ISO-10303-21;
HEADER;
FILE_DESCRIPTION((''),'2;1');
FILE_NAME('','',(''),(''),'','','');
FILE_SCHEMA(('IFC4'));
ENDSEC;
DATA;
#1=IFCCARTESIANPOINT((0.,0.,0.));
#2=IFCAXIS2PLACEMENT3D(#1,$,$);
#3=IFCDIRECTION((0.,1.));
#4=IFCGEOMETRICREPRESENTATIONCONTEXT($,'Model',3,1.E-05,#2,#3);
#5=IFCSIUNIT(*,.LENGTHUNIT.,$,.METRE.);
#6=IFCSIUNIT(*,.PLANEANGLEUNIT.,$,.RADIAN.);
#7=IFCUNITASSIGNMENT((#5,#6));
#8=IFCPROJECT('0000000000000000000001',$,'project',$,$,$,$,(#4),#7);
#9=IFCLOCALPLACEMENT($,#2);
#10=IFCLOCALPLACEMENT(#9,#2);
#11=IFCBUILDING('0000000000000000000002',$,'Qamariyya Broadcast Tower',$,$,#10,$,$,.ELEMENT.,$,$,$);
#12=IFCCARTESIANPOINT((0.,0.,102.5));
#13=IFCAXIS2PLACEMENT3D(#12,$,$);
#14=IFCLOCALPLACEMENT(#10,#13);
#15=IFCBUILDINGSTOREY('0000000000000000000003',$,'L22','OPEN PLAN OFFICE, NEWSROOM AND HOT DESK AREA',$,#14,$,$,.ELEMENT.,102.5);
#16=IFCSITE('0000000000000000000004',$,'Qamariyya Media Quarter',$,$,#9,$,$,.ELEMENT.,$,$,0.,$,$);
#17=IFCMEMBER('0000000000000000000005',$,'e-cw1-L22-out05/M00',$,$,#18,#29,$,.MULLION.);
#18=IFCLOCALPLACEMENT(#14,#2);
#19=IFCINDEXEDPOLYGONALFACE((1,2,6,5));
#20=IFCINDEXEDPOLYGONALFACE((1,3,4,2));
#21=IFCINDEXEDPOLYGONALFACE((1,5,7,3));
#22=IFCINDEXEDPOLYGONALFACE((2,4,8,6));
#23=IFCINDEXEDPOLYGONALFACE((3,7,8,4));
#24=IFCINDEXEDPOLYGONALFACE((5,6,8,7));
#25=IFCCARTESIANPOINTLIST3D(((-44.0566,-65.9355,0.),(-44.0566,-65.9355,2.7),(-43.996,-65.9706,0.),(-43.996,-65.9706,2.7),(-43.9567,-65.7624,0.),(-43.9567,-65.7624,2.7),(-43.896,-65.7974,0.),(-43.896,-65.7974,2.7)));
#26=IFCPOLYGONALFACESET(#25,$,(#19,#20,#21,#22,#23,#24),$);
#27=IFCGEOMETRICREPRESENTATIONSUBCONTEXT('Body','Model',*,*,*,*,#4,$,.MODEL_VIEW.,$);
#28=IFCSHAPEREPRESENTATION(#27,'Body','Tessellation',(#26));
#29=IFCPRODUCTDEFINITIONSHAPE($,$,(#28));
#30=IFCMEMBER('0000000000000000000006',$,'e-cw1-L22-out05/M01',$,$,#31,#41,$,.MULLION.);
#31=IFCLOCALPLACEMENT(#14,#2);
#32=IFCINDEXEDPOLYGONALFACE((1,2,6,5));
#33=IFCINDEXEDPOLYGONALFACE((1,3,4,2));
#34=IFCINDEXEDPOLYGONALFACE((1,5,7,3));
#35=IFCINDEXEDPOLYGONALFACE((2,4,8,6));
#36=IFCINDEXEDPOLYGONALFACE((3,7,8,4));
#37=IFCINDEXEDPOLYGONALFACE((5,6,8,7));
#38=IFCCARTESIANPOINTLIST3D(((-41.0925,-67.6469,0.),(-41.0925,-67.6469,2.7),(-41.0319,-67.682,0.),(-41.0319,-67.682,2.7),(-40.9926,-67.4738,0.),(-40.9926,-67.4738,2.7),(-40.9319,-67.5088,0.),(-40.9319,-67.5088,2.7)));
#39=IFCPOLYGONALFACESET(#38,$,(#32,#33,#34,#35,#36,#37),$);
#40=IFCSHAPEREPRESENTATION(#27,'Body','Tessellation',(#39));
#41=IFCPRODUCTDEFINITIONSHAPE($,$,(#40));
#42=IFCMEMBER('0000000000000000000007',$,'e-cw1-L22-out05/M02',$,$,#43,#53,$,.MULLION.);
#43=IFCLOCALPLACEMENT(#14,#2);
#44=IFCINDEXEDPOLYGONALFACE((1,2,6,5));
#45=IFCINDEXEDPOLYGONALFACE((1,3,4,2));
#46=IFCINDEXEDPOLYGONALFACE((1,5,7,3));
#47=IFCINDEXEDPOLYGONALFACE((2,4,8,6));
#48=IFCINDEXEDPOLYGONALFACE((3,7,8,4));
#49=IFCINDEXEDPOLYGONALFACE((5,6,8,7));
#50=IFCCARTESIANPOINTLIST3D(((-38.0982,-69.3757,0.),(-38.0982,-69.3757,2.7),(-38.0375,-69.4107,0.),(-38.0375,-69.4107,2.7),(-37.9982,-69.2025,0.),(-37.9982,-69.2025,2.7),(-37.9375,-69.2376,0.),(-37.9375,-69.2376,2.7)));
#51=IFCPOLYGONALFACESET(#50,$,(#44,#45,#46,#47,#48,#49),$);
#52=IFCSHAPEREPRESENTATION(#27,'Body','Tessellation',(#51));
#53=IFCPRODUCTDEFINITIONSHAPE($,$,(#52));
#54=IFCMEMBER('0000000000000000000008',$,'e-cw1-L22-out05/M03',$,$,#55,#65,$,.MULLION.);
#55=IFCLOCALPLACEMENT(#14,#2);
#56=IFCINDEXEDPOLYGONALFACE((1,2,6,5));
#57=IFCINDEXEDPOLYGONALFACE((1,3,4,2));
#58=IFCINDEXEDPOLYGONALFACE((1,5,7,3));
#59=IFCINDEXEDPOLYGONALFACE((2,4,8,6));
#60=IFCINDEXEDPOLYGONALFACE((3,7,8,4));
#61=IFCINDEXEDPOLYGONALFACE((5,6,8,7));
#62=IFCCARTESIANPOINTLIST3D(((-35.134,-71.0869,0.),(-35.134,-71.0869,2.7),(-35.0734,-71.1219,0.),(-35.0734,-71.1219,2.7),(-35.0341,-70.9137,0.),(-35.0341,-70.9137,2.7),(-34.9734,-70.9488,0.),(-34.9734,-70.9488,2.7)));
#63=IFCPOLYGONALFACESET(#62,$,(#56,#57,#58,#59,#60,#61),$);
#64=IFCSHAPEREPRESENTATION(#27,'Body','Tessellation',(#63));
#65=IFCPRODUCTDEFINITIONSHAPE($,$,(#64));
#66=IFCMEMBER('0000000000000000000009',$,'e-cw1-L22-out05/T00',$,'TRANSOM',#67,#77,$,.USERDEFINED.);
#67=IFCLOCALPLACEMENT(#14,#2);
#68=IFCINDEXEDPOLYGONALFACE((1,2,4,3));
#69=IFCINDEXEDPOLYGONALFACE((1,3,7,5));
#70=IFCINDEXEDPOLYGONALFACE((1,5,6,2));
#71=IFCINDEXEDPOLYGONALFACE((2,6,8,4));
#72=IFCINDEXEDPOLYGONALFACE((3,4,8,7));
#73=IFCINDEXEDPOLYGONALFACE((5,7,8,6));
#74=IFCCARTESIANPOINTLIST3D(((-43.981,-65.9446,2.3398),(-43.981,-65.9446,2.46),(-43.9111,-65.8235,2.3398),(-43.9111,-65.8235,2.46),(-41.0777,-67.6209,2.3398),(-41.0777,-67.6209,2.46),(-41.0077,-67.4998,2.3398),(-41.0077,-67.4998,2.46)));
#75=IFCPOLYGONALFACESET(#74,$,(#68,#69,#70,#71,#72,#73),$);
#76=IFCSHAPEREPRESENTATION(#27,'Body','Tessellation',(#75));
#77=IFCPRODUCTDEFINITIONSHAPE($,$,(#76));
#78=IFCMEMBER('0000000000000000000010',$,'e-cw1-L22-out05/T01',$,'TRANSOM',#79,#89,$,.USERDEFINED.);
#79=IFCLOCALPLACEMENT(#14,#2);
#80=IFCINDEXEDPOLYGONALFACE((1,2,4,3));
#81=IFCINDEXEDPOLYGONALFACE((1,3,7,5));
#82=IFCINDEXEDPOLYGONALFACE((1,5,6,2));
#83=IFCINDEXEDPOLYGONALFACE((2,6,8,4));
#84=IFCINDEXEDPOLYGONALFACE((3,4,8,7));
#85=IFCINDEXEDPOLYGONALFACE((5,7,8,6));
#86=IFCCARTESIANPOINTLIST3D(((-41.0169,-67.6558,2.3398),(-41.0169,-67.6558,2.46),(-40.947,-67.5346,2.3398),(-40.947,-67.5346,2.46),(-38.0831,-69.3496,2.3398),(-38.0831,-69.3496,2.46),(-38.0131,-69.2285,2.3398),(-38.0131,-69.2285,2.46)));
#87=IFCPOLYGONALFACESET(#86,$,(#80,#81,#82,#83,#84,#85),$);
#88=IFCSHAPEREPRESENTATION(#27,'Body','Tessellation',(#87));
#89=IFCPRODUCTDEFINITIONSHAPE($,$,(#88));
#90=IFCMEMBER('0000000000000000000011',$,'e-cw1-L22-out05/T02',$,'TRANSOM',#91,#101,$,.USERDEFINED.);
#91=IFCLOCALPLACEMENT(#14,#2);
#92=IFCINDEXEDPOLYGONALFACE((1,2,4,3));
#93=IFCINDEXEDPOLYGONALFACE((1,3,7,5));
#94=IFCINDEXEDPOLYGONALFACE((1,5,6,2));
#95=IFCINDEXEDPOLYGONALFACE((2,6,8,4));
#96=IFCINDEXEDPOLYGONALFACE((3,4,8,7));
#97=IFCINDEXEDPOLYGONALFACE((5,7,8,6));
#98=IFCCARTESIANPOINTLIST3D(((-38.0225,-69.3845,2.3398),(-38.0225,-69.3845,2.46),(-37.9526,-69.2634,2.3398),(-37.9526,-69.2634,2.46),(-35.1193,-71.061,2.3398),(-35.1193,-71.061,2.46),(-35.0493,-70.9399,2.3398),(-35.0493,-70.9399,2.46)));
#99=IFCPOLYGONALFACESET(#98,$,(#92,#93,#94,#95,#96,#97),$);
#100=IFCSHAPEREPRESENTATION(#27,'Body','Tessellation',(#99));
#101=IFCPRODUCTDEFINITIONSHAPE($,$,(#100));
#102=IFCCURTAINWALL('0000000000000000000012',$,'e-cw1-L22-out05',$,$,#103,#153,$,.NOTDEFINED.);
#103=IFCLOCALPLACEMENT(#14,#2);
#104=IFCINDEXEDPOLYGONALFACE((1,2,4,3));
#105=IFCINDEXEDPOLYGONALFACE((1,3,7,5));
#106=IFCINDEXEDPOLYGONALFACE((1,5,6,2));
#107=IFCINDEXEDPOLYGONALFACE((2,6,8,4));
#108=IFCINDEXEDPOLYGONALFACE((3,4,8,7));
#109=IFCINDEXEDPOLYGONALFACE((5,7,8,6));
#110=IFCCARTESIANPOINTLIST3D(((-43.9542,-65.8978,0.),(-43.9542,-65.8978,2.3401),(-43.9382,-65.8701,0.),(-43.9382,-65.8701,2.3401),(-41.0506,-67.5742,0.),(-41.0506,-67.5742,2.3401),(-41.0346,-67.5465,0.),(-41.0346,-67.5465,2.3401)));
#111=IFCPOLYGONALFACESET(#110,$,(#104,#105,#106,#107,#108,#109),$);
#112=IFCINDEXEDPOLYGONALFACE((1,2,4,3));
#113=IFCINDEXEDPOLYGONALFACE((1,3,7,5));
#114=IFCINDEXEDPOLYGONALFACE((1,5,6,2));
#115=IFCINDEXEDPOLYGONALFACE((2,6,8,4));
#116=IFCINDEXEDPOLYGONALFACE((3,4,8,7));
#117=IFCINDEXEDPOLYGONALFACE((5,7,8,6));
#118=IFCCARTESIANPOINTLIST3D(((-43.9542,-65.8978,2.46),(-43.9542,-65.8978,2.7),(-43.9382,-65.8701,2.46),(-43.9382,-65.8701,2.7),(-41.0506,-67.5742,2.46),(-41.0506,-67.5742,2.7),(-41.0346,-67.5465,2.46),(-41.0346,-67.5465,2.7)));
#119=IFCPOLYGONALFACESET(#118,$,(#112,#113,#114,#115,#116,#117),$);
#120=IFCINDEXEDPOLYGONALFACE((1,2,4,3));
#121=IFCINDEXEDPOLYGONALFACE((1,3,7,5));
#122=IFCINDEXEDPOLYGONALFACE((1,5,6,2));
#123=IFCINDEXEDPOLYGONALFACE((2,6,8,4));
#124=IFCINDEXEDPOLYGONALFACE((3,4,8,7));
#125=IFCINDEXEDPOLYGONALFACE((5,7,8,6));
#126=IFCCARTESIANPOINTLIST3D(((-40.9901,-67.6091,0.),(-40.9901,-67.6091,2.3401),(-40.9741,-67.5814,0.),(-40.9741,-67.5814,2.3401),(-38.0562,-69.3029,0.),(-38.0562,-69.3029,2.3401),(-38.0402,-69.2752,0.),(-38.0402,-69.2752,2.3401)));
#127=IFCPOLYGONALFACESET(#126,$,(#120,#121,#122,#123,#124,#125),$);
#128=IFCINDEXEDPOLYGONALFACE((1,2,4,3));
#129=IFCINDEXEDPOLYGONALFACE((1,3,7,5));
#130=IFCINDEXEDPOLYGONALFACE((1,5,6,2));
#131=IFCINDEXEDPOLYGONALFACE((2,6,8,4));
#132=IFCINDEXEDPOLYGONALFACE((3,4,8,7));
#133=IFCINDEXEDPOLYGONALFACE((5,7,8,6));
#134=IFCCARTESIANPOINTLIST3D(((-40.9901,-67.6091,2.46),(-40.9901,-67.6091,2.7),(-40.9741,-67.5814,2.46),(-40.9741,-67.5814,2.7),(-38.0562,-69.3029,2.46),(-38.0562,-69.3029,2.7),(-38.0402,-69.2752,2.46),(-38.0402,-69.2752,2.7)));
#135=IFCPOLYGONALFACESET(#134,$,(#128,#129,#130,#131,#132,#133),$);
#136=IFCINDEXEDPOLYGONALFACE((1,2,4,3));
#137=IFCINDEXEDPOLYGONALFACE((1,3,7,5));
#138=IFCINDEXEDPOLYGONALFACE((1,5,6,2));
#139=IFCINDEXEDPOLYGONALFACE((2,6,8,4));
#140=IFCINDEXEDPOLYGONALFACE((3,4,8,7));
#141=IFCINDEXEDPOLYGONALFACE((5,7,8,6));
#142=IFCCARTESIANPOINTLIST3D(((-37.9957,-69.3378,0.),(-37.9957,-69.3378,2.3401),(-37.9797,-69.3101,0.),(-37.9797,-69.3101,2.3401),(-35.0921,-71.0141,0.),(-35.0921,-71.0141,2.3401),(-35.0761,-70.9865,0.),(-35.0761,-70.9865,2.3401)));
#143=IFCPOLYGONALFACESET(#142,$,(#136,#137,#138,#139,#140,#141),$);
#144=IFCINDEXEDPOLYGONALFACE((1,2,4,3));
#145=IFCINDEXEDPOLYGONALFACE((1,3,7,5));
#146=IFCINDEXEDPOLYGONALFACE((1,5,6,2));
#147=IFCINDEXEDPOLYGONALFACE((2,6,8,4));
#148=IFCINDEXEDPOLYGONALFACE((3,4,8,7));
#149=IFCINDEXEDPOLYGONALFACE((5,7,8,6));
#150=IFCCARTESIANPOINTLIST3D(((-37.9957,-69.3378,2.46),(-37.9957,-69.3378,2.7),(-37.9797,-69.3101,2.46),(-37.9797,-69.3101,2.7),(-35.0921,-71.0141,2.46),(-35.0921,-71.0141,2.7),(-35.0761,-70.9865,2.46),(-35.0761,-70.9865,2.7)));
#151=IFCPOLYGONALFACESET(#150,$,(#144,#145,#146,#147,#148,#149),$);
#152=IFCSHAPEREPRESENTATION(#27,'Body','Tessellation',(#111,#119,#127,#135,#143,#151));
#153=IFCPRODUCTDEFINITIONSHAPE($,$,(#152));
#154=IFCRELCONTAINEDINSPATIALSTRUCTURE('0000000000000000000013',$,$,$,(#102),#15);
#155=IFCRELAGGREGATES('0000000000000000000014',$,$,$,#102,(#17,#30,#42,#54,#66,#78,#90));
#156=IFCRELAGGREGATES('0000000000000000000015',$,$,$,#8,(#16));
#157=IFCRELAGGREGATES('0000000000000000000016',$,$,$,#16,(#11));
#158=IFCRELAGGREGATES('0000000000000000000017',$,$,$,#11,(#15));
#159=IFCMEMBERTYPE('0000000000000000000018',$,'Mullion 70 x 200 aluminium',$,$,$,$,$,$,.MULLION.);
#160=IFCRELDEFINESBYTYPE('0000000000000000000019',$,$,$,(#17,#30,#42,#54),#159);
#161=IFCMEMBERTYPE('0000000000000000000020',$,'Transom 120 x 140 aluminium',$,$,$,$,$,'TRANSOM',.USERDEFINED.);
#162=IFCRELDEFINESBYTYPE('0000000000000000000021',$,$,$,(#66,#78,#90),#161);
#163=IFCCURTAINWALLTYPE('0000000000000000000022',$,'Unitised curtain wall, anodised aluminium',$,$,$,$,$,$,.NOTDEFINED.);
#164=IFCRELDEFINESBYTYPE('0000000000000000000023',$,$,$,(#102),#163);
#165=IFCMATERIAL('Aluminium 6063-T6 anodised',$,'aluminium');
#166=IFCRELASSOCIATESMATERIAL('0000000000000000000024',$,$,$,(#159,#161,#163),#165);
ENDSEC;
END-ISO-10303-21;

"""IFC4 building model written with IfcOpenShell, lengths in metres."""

from ifc_helpers import new_model, si_unit, direction, frame, origin, origin_2d, place, context, subcontext, project, spatial, rectangle, extrude, material, material_profile, profile_set, type_object, element, aggregate, save


model = new_model("IFC4")

# Units and contexts
model_context = context("Model", 3, precision=1e-05, world=origin(), true_north=direction((0.0, 1.0)))
body_context = subcontext(model_context, "Body", "Model", "MODEL_VIEW")
ifc_project = project(units=[si_unit("LENGTHUNIT", "METRE"), si_unit("PLANEANGLEUNIT", "RADIAN")], contexts=[model_context])

# Members
ifc_material = material(Name="Aluminium 6063-T6 anodised", Category="aluminium")
ifc_material_profile_1 = material_profile(ifc_material, rectangle(XDim=0.2, YDim=0.0701, at=origin_2d()))
ifc_profile_set_1 = profile_set([ifc_material_profile_1], Name="Aluminium 6063-T6 anodised")
member_type_1 = type_object("IfcMemberType", Name="Mullion 70 x 200 aluminium", PredefinedType="MULLION", material=ifc_profile_set_1)
site_placement = place(None, origin())
building_placement = place(site_placement, origin())
storey_placement = place(building_placement, frame((0.0, 0.0, 102.5)))
member_1_placement = place(storey_placement, frame((-43.9763, -65.8665, 0.0), z_axis=(0.0, 0.0, 1.0), x_axis=(0.5, 0.866025, 0.0)))
member_1 = element("IfcMember", 1, at=member_1_placement, type_object=member_type_1, Name="e-cw1-L22-out05/M00", PredefinedType="MULLION", context=body_context, shape_type="SweptSolid", body=[
    extrude(rectangle(XDim=0.2, YDim=0.0701, at=origin_2d()), origin(), (0.0, 0.0, 1.0), 2.7),
])
member_2_placement = place(storey_placement, frame((-41.0122, -67.5779, 0.0), z_axis=(0.0, 0.0, 1.0), x_axis=(0.5, 0.866025, 0.0)))
member_2 = element("IfcMember", 2, at=member_2_placement, type_object=member_type_1, Name="e-cw1-L22-out05/M01", PredefinedType="MULLION", context=body_context, shape_type="SweptSolid", body=[
    extrude(rectangle(XDim=0.2, YDim=0.0701, at=origin_2d()), origin(), (0.0, 0.0, 1.0), 2.7),
])
member_3_placement = place(storey_placement, frame((-38.0178, -69.3066, 0.0), z_axis=(0.0, 0.0, 1.0), x_axis=(0.5, 0.866025, 0.0)))
member_3 = element("IfcMember", 3, at=member_3_placement, type_object=member_type_1, Name="e-cw1-L22-out05/M02", PredefinedType="MULLION", context=body_context, shape_type="SweptSolid", body=[
    extrude(rectangle(XDim=0.2, YDim=0.0701, at=origin_2d()), origin(), (0.0, 0.0, 1.0), 2.7),
])
member_4_placement = place(storey_placement, frame((-35.0537, -71.0178, 0.0), z_axis=(0.0, 0.0, 1.0), x_axis=(0.5, 0.866025, 0.0)))
member_4 = element("IfcMember", 4, at=member_4_placement, type_object=member_type_1, Name="e-cw1-L22-out05/M03", PredefinedType="MULLION", context=body_context, shape_type="SweptSolid", body=[
    extrude(rectangle(XDim=0.2, YDim=0.0701, at=origin_2d()), origin(), (0.0, 0.0, 1.0), 2.7),
])
ifc_material_profile_2 = material_profile(ifc_material, rectangle(XDim=0.1399, YDim=0.1201, at=origin_2d()))
ifc_profile_set_2 = profile_set([ifc_material_profile_2], Name="Aluminium 6063-T6 anodised")
member_type_2 = type_object("IfcMemberType", Name="Transom 120 x 140 aluminium", ElementType="TRANSOM", PredefinedType="USERDEFINED", material=ifc_profile_set_2)
member_5_placement = place(storey_placement, frame((-43.946, -65.884, 2.3999), z_axis=(0.866021, -0.500008, 0.0), x_axis=(0.500008, 0.866021, 0.0)))
member_5 = element("IfcMember", 5, at=member_5_placement, type_object=member_type_2, Name="e-cw1-L22-out05/T00", ObjectType="TRANSOM", PredefinedType="USERDEFINED", context=body_context, shape_type="SweptSolid", body=[
    extrude(rectangle(XDim=0.1399, YDim=0.1201, at=origin_2d()), origin(), (0.0, 0.0, 1.0), 3.3525),
])
member_6_placement = place(storey_placement, frame((-40.9819, -67.5952, 2.3999), z_axis=(0.866026, -0.499999, 0.0), x_axis=(0.499999, 0.866026, 0.0)))
member_6 = element("IfcMember", 6, at=member_6_placement, type_object=member_type_2, Name="e-cw1-L22-out05/T01", ObjectType="TRANSOM", PredefinedType="USERDEFINED", context=body_context, shape_type="SweptSolid", body=[
    extrude(rectangle(XDim=0.1399, YDim=0.1201, at=origin_2d()), origin(), (0.0, 0.0, 1.0), 3.3877),
])
member_7_placement = place(storey_placement, frame((-37.9875, -69.324, 2.3999), z_axis=(0.865989, -0.500063, 0.0), x_axis=(0.500063, 0.865989, 0.0)))
member_7 = element("IfcMember", 7, at=member_7_placement, type_object=member_type_2, Name="e-cw1-L22-out05/T02", ObjectType="TRANSOM", PredefinedType="USERDEFINED", context=body_context, shape_type="SweptSolid", body=[
    extrude(rectangle(XDim=0.1399, YDim=0.1201, at=origin_2d()), origin(), (0.0, 0.0, 1.0), 3.3525),
])

# Site, building, storey
site = spatial("IfcSite", under=ifc_project, at=site_placement, Name="Qamariyya Media Quarter", CompositionType="ELEMENT", RefElevation=0.0)
building = spatial("IfcBuilding", under=site, at=building_placement, Name="Qamariyya Broadcast Tower", CompositionType="ELEMENT")
storey = spatial("IfcBuildingStorey", under=building, at=storey_placement, Name="L22", Description="OPEN PLAN OFFICE, NEWSROOM AND HOT DESK AREA", CompositionType="ELEMENT", Elevation=102.5)

# Curtain wall
curtain_wall_type = type_object("IfcCurtainWallType", Name="Unitised curtain wall, anodised aluminium", PredefinedType="NOTDEFINED", material=ifc_material)
curtain_wall_1_placement = place(storey_placement, origin())
curtain_wall_1 = element("IfcCurtainWall", 8, at=curtain_wall_1_placement, inside=storey, type_object=curtain_wall_type, Name="e-cw1-L22-out05", PredefinedType="NOTDEFINED", context=body_context, shape_type="SweptSolid", body=[
    extrude(rectangle(XDim=3.3528, YDim=0.032, at=origin_2d()), frame((-42.4944, -66.7222, 0.0), x_axis=(0.866027, -0.499997, 0.0)), (0.0, 0.0, 1.0), 2.3401),
    extrude(rectangle(XDim=3.3528, YDim=0.032, at=origin_2d()), frame((-42.4944, -66.7222, 2.46), x_axis=(0.866027, -0.499997, 0.0)), (0.0, 0.0, 1.0), 0.24),
    extrude(rectangle(XDim=3.3877, YDim=0.032, at=origin_2d()), frame((-39.5151, -68.4421, 0.0), x_axis=(0.866027, -0.499997, 0.0)), (0.0, 0.0, 1.0), 2.3401),
    extrude(rectangle(XDim=3.3877, YDim=0.032, at=origin_2d()), frame((-39.5151, -68.4421, 2.46), x_axis=(0.866027, -0.499997, 0.0)), (0.0, 0.0, 1.0), 0.24),
    extrude(rectangle(XDim=3.3528, YDim=0.032, at=origin_2d()), frame((-36.5359, -70.1621, 0.0), x_axis=(0.866027, -0.499997, 0.0)), (0.0, 0.0, 1.0), 2.3401),
    extrude(rectangle(XDim=3.3528, YDim=0.032, at=origin_2d()), frame((-36.5359, -70.1621, 2.46), x_axis=(0.866027, -0.499997, 0.0)), (0.0, 0.0, 1.0), 0.24),
])
aggregate(curtain_wall_1, [member_1, member_2, member_3, member_4, member_5, member_6, member_7])

save(model, "model.ifc")
